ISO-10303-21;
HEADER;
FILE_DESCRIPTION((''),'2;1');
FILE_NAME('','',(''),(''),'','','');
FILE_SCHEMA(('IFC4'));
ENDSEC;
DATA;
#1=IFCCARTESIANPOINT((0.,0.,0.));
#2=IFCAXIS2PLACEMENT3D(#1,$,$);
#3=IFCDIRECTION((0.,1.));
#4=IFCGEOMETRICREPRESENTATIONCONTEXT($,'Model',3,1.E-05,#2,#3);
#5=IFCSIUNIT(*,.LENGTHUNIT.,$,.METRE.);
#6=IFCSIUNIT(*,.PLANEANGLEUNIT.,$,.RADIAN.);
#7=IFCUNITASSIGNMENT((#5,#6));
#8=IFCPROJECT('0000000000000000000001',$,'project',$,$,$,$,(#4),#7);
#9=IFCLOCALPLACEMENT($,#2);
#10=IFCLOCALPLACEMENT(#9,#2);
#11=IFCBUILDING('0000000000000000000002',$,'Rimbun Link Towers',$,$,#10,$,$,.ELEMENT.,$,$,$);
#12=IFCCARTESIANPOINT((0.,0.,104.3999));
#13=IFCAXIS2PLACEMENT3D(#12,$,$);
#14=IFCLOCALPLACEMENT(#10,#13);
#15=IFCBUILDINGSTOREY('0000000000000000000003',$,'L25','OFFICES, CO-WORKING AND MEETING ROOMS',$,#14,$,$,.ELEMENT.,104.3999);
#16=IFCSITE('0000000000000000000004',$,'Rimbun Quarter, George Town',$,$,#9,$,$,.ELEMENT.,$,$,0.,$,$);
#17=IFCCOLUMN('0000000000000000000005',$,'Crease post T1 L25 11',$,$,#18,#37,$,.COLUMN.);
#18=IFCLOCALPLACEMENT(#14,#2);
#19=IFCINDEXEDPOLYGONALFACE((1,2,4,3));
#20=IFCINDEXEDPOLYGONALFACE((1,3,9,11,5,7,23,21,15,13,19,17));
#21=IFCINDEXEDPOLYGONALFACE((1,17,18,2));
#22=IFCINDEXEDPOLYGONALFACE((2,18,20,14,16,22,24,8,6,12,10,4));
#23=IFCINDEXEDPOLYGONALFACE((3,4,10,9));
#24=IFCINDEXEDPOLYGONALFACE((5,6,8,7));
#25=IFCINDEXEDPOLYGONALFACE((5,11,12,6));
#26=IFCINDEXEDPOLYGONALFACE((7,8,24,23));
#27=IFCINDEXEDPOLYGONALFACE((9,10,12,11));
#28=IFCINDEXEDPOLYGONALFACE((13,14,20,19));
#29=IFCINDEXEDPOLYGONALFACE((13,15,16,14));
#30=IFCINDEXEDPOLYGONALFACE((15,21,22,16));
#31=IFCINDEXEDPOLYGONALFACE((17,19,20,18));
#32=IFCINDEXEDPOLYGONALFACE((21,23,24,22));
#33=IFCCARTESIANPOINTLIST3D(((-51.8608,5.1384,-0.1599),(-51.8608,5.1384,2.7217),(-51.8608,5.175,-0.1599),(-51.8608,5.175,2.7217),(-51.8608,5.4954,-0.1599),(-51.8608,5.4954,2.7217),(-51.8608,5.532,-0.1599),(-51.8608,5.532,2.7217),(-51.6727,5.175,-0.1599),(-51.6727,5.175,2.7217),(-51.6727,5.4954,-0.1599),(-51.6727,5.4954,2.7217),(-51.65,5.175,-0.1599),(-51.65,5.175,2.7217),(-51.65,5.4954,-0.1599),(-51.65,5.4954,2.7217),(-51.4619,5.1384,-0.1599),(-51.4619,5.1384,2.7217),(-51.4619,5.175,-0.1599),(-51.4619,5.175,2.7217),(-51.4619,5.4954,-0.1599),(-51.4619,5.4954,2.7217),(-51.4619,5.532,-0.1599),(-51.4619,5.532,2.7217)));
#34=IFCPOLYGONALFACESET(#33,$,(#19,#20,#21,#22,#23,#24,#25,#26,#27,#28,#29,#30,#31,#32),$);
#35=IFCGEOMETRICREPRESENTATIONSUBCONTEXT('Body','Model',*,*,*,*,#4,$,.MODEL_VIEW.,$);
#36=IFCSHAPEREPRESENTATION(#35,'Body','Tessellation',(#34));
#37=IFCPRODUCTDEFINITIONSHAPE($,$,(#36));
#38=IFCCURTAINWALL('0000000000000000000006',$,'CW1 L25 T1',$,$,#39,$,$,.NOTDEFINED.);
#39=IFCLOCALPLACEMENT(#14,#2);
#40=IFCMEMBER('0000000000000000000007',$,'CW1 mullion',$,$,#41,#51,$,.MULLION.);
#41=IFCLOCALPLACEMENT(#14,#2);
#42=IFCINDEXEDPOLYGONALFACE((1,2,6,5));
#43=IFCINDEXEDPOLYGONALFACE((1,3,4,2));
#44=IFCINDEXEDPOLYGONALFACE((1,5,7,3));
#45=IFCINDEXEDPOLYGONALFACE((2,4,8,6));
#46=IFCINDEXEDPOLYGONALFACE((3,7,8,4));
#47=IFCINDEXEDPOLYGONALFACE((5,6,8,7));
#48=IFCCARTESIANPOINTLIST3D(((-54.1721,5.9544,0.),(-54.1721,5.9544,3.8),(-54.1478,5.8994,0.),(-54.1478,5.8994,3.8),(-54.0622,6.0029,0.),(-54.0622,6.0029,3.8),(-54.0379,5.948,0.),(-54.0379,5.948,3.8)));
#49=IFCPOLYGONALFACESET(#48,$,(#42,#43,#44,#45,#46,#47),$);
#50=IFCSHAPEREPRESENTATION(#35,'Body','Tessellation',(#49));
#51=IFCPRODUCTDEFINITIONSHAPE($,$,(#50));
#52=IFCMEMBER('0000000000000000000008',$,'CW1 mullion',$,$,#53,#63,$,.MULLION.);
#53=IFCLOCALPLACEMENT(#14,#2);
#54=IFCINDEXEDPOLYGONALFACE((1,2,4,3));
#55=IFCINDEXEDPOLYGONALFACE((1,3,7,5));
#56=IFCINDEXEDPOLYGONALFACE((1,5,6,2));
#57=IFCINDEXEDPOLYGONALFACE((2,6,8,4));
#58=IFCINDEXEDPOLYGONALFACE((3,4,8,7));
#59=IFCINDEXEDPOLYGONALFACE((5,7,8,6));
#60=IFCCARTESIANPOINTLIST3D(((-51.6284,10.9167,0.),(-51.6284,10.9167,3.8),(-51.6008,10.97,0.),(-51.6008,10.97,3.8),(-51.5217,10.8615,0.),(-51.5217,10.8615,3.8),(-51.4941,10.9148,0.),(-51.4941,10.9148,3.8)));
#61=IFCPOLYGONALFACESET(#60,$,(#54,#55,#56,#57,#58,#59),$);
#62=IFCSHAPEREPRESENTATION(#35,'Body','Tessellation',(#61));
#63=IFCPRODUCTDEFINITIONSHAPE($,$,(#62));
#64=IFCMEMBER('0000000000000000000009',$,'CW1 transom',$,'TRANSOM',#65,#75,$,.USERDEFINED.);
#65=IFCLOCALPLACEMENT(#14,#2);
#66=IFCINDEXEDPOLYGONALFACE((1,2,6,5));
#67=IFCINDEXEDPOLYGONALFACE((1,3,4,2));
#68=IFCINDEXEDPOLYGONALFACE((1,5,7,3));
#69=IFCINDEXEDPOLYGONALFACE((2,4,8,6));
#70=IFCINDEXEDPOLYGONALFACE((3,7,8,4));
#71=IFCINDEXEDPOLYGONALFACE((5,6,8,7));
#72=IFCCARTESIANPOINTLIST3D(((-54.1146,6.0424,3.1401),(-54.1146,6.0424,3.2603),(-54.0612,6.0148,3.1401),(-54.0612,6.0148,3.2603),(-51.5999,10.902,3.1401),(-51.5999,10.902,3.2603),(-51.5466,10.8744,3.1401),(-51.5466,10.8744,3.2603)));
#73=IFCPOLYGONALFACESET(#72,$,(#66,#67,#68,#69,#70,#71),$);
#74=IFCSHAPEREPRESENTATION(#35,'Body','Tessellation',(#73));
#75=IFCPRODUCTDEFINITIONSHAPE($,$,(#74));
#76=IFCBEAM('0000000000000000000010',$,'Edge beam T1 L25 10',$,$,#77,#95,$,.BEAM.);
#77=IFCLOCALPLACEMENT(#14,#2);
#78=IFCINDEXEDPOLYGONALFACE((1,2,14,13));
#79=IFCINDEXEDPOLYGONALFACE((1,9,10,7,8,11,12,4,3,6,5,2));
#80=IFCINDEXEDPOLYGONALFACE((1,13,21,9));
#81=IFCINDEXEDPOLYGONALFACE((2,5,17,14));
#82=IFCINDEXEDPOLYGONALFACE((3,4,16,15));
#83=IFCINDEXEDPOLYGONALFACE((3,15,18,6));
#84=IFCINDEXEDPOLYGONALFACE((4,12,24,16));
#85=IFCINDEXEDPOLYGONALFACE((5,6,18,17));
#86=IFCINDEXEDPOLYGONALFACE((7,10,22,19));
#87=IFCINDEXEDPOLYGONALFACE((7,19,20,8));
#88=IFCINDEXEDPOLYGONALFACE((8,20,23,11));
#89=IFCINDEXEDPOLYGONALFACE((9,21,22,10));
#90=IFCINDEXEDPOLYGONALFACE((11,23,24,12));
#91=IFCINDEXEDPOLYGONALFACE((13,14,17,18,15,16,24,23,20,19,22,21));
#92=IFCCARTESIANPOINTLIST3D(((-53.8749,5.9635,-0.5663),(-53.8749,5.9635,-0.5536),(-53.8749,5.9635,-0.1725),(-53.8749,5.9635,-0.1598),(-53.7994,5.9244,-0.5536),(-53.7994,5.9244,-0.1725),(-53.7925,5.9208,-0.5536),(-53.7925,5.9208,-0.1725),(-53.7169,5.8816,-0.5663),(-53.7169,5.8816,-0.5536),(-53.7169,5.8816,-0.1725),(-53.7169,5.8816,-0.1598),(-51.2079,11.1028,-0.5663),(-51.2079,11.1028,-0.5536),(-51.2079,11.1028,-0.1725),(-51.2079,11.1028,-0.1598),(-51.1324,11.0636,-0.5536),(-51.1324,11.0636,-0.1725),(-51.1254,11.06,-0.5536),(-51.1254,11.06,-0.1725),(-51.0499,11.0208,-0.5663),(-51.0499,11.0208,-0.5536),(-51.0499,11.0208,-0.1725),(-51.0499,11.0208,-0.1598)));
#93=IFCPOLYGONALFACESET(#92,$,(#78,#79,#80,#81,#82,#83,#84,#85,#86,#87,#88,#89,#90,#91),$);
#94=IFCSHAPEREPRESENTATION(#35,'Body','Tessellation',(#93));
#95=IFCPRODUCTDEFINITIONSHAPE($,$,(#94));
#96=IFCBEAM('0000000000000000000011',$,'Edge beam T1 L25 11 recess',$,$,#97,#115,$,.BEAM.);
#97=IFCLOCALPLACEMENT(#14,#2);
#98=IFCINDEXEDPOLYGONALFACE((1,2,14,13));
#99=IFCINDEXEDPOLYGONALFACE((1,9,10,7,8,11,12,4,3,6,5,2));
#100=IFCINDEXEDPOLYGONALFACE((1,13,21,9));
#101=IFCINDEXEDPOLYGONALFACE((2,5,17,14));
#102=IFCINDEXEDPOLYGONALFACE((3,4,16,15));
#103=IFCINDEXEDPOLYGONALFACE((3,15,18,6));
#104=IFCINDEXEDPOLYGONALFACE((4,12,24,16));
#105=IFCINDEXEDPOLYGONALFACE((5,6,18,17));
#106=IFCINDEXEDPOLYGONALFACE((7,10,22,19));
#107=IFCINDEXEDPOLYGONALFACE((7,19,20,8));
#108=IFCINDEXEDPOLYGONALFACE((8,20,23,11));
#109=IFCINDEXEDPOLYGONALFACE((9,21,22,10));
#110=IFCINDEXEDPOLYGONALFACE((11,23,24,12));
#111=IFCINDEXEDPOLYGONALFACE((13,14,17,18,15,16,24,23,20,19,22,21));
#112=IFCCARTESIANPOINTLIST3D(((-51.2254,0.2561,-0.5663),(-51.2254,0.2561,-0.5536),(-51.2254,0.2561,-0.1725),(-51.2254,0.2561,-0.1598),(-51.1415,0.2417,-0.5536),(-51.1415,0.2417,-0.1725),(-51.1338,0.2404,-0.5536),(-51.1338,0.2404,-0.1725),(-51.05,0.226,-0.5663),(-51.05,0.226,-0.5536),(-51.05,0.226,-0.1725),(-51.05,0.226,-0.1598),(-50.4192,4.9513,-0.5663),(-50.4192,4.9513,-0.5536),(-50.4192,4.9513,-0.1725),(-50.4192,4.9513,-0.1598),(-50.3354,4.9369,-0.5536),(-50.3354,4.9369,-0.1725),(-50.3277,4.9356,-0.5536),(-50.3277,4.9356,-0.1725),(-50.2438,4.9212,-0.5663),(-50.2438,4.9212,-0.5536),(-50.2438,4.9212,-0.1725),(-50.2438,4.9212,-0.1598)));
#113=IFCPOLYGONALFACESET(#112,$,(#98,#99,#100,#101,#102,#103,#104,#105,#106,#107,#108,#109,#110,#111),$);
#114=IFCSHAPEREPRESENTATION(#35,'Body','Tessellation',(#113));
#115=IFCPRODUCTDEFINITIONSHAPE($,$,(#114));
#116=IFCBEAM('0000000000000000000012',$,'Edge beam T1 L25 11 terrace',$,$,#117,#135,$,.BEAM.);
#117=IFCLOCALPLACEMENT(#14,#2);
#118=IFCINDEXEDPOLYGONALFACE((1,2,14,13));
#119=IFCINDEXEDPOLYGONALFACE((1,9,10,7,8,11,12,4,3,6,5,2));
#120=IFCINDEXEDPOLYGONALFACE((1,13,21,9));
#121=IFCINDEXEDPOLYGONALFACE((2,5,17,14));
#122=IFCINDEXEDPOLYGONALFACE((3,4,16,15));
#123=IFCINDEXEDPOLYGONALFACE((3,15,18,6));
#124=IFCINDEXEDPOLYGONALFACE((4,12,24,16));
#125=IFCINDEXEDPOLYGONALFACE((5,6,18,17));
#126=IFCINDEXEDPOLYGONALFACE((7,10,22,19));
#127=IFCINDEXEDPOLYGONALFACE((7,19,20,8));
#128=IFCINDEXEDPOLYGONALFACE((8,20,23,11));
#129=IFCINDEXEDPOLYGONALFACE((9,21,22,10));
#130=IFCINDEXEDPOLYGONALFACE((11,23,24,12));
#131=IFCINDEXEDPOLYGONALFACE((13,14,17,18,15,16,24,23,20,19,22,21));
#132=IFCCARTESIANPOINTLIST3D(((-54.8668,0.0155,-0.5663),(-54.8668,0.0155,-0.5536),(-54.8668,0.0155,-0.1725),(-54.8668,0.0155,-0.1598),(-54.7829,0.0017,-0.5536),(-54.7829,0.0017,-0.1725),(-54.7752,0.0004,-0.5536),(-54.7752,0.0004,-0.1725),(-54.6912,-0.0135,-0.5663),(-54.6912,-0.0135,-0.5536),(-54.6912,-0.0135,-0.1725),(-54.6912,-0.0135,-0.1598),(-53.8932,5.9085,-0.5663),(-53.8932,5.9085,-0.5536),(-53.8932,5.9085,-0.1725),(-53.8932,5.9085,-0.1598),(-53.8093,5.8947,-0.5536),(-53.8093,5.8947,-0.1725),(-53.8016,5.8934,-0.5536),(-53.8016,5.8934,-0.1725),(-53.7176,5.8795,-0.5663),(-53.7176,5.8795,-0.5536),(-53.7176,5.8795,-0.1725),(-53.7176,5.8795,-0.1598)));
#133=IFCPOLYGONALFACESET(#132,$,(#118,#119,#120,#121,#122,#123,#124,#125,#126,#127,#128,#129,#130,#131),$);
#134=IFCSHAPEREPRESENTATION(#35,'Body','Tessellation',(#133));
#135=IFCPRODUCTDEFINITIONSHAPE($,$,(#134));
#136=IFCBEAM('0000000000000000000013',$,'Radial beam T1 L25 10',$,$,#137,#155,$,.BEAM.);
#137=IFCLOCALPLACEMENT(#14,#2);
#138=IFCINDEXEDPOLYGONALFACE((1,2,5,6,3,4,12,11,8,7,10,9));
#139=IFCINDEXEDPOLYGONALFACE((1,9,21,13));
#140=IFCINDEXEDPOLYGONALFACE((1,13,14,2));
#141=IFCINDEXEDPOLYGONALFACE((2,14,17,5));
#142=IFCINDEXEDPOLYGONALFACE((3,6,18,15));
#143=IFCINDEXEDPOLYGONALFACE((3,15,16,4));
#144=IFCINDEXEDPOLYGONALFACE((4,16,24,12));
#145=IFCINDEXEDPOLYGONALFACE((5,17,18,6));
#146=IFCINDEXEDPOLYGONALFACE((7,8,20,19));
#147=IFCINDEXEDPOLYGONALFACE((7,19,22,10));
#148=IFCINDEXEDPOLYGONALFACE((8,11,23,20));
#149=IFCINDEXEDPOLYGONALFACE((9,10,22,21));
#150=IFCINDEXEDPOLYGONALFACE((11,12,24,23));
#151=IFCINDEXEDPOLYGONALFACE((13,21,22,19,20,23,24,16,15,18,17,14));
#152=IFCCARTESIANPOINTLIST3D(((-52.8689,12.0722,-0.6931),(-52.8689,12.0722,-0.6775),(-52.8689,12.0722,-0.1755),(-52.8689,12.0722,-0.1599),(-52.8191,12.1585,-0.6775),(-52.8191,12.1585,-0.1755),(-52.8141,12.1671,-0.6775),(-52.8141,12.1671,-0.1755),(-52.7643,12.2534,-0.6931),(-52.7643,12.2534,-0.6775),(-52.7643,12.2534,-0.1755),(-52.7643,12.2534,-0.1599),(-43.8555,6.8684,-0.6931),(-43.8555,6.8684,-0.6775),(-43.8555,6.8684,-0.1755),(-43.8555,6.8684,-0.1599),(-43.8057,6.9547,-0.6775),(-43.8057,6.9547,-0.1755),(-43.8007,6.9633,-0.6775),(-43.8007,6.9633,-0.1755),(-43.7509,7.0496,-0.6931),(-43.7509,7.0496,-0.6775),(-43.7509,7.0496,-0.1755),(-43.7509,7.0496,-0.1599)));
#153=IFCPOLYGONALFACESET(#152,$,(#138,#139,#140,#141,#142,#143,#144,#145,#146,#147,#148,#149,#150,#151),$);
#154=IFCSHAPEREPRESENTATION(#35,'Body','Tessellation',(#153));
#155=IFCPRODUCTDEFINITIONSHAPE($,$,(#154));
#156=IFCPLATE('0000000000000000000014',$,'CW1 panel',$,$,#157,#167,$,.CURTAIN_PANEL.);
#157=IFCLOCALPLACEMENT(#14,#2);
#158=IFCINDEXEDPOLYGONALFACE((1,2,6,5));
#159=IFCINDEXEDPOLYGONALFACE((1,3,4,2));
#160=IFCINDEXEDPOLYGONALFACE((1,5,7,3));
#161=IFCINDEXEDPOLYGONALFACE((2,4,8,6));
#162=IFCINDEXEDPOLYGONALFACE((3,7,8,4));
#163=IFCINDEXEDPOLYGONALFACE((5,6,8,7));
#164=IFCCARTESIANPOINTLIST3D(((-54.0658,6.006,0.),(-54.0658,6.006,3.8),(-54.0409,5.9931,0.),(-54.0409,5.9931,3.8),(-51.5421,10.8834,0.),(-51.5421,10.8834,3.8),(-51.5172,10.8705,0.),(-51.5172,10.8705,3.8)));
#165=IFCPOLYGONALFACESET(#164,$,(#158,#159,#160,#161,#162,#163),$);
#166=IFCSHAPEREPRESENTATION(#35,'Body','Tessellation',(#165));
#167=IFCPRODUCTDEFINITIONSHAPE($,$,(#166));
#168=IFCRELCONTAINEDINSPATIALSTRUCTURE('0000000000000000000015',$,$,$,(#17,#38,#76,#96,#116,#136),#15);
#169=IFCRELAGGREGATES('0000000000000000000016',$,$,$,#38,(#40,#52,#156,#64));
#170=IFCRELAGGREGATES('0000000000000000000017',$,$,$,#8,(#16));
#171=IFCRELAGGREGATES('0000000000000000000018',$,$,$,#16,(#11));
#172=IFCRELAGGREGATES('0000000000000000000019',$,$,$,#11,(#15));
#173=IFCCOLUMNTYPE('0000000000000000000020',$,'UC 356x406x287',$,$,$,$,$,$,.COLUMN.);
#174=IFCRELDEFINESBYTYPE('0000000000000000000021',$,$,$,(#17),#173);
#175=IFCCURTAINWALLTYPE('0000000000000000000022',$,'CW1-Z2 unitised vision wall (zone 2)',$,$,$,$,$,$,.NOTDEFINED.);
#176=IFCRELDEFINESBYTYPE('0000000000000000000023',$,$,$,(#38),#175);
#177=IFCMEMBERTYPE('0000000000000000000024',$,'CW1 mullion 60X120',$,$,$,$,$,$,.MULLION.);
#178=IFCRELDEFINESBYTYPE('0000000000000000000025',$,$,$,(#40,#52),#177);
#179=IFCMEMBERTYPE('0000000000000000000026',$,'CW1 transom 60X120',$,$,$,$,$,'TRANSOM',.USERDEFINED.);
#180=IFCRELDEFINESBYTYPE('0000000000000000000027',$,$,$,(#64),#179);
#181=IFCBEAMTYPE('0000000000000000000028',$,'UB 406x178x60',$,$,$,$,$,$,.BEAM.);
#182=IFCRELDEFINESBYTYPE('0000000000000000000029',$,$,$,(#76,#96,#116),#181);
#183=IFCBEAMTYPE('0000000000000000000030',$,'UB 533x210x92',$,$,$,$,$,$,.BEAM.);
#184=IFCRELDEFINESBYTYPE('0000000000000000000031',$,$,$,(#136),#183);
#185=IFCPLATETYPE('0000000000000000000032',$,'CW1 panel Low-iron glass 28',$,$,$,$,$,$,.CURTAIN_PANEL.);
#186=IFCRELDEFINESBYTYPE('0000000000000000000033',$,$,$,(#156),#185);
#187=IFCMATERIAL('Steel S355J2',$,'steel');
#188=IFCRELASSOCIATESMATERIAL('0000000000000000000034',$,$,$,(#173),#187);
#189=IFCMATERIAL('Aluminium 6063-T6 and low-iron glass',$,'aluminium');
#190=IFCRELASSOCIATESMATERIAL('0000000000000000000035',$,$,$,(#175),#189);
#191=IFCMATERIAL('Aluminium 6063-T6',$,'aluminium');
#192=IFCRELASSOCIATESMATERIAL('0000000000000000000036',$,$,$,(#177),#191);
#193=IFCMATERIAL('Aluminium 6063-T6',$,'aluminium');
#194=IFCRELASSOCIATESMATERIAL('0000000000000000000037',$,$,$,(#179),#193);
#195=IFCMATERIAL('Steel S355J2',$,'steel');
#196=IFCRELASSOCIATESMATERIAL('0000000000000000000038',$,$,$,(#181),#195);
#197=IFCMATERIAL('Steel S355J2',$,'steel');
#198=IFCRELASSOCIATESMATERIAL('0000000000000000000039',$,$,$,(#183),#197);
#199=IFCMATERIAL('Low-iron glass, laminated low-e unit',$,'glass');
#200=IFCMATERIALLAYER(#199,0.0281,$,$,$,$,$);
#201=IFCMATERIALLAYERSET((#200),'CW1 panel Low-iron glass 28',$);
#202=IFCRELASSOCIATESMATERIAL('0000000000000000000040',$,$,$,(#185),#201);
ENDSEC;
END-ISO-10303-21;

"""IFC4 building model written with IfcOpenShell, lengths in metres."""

from ifc_helpers import new_model, si_unit, direction, frame, origin, origin_2d, place, context, subcontext, project, spatial, rectangle, i_section, extrude, material, layer, layer_set, material_profile, profile_set, type_object, element, aggregate, save


model = new_model("IFC4")

# Units and contexts
model_context = context("Model", 3, precision=1e-05, world=origin(), true_north=direction((0.0, 1.0)))
body_context = subcontext(model_context, "Body", "Model", "MODEL_VIEW")
ifc_project = project(units=[si_unit("LENGTHUNIT", "METRE"), si_unit("PLANEANGLEUNIT", "RADIAN")], contexts=[model_context])

# Site, building, storey
site_placement = place(None, origin())
site = spatial("IfcSite", under=ifc_project, at=site_placement, Name="Rimbun Quarter, George Town", CompositionType="ELEMENT", RefElevation=0.0)
building_placement = place(site_placement, origin())
building = spatial("IfcBuilding", under=site, at=building_placement, Name="Rimbun Link Towers", CompositionType="ELEMENT")
storey_placement = place(building_placement, frame((0.0, 0.0, 104.3999)))
storey = spatial("IfcBuildingStorey", under=building, at=storey_placement, Name="L25", Description="OFFICES, CO-WORKING AND MEETING ROOMS", CompositionType="ELEMENT", Elevation=104.3999)

# Column
ifc_material_1 = material(Name="Steel S355J2", Category="steel")
ifc_material_profile_1 = material_profile(ifc_material_1, i_section(OverallWidth=0.3989, OverallDepth=0.3936, WebThickness=0.0227, FlangeThickness=0.0366, at=origin_2d()), Name="UC 356x406x287")
ifc_profile_set_1 = profile_set([ifc_material_profile_1], Name="Steel S355J2")
column_type = type_object("IfcColumnType", Name="UC 356x406x287", PredefinedType="COLUMN", material=ifc_profile_set_1)
column_placement = place(storey_placement, frame((-51.6614, 5.3352, -0.1599), z_axis=(0.0, 0.0, 1.0), x_axis=(1.0, 0.0, 0.0)))
element("IfcColumn", 1, at=column_placement, inside=storey, type_object=column_type, Name="Crease post T1 L25 11", PredefinedType="COLUMN", context=body_context, shape_type="SweptSolid", body=[
    extrude(i_section(OverallWidth=0.3989, OverallDepth=0.3936, WebThickness=0.0227, FlangeThickness=0.0366, at=origin_2d()), origin(), (0.0, 0.0, 1.0), 2.8816),
])

# Curtain wall, members
ifc_material_2 = material(Name="Aluminium 6063-T6 and low-iron glass", Category="aluminium")
curtain_wall_type = type_object("IfcCurtainWallType", Name="CW1-Z2 unitised vision wall (zone 2)", PredefinedType="NOTDEFINED", material=ifc_material_2)
curtain_wall_placement = place(storey_placement, origin())
curtain_wall = element("IfcCurtainWall", 2, at=curtain_wall_placement, inside=storey, type_object=curtain_wall_type, Name="CW1 L25 T1", PredefinedType="NOTDEFINED")
ifc_material_3 = material(Name="Aluminium 6063-T6", Category="aluminium")
ifc_material_profile_2 = material_profile(ifc_material_3, rectangle(XDim=0.1201, YDim=0.0601, at=origin_2d()), Name="MULLION 60X120")
ifc_profile_set_2 = profile_set([ifc_material_profile_2], Name="Aluminium 6063-T6")
member_type_1 = type_object("IfcMemberType", Name="CW1 mullion 60X120", PredefinedType="MULLION", material=ifc_profile_set_2)
member_1_placement = place(storey_placement, frame((-54.105, 5.9512, 0.0), z_axis=(0.0, 0.0, 1.0), x_axis=(-0.914815, -0.403873, 0.0)))
member_1 = element("IfcMember", 3, at=member_1_placement, type_object=member_type_1, Name="CW1 mullion", PredefinedType="MULLION", context=body_context, shape_type="SweptSolid", body=[
    extrude(rectangle(XDim=0.1201, YDim=0.0601, at=origin_2d()), origin(), (0.0, 0.0, 1.0), 3.8),
])
member_2_placement = place(storey_placement, frame((-51.5613, 10.9158, 0.0), z_axis=(0.0, 0.0, 1.0), x_axis=(-0.888149, 0.459555, 0.0)))
member_2 = element("IfcMember", 4, at=member_2_placement, type_object=member_type_1, Name="CW1 mullion", PredefinedType="MULLION", context=body_context, shape_type="SweptSolid", body=[
    extrude(rectangle(XDim=0.1201, YDim=0.0601, at=origin_2d()), origin(), (0.0, 0.0, 1.0), 3.8),
])
ifc_material_4 = material(Name="Aluminium 6063-T6", Category="aluminium")
ifc_material_profile_3 = material_profile(ifc_material_4, rectangle(XDim=0.0601, YDim=0.1201, at=origin_2d()), Name="TRANSOM 60X120")
ifc_profile_set_3 = profile_set([ifc_material_profile_3], Name="Aluminium 6063-T6")
member_type_2 = type_object("IfcMemberType", Name="CW1 transom 60X120", ElementType="TRANSOM", PredefinedType="USERDEFINED", material=ifc_profile_set_3)
member_3_placement = place(storey_placement, frame((-54.0879, 6.0286, 3.2002), z_axis=(0.459575, 0.888139, 0.0), x_axis=(-0.888139, 0.459575, 0.0)))
member_3 = element("IfcMember", 5, at=member_3_placement, type_object=member_type_2, Name="CW1 transom", ObjectType="TRANSOM", PredefinedType="USERDEFINED", context=body_context, shape_type="SweptSolid", body=[
    extrude(rectangle(XDim=0.0601, YDim=0.1201, at=origin_2d()), origin(), (0.0, 0.0, 1.0), 5.4717),
])

# Beams
ifc_material_5 = material(Name="Steel S355J2", Category="steel")
ifc_material_profile_4 = material_profile(ifc_material_5, i_section(OverallWidth=0.178, OverallDepth=0.4065, WebThickness=0.0078, FlangeThickness=0.0127, at=origin_2d()), Name="UB 406x178x60")
ifc_profile_set_4 = profile_set([ifc_material_profile_4], Name="Steel S355J2")
beam_type_1 = type_object("IfcBeamType", Name="UB 406x178x60", PredefinedType="BEAM", material=ifc_profile_set_4)
beam_1_placement = place(storey_placement, frame((-51.1289, 11.0618, -0.363), z_axis=(-0.460622, -0.887596, 0.0), x_axis=(0.887596, -0.460622, 0.0)))
element("IfcBeam", 6, at=beam_1_placement, inside=storey, type_object=beam_type_1, Name="Edge beam T1 L25 10", PredefinedType="BEAM", context=body_context, shape_type="SweptSolid", body=[
    extrude(i_section(OverallWidth=0.178, OverallDepth=0.4065, WebThickness=0.0078, FlangeThickness=0.0127, at=origin_2d()), origin(), (0.0, 0.0, 1.0), 5.79),
])
beam_2_placement = place(storey_placement, frame((-50.3315, 4.9363, -0.363), z_axis=(-0.169217, -0.985579, 0.0), x_axis=(0.985579, -0.169217, 0.0)))
element("IfcBeam", 7, at=beam_2_placement, inside=storey, type_object=beam_type_1, Name="Edge beam T1 L25 11 recess", PredefinedType="BEAM", context=body_context, shape_type="SweptSolid", body=[
    extrude(i_section(OverallWidth=0.178, OverallDepth=0.4065, WebThickness=0.0078, FlangeThickness=0.0127, at=origin_2d()), origin(), (0.0, 0.0, 1.0), 4.7639),
])
beam_3_placement = place(storey_placement, frame((-53.8054, 5.894, -0.363), z_axis=(-0.163007, -0.986625, 0.0), x_axis=(0.986625, -0.163007, 0.0)))
element("IfcBeam", 8, at=beam_3_placement, inside=storey, type_object=beam_type_1, Name="Edge beam T1 L25 11 terrace", PredefinedType="BEAM", context=body_context, shape_type="SweptSolid", body=[
    extrude(i_section(OverallWidth=0.178, OverallDepth=0.4065, WebThickness=0.0078, FlangeThickness=0.0127, at=origin_2d()), origin(), (0.0, 0.0, 1.0), 5.9729),
])
ifc_material_6 = material(Name="Steel S355J2", Category="steel")
ifc_material_profile_5 = material_profile(ifc_material_6, i_section(OverallWidth=0.2092, OverallDepth=0.5332, WebThickness=0.01, FlangeThickness=0.0156, at=origin_2d()), Name="UB 533x210x92")
ifc_profile_set_5 = profile_set([ifc_material_profile_5], Name="Steel S355J2")
beam_type_2 = type_object("IfcBeamType", Name="UB 533x210x92", PredefinedType="BEAM", material=ifc_profile_set_5)
beam_4_placement = place(storey_placement, frame((-43.8032, 6.959, -0.4265), z_axis=(-0.866027, 0.499997, 0.0), x_axis=(-0.499997, -0.866027, 0.0)))
element("IfcBeam", 9, at=beam_4_placement, inside=storey, type_object=beam_type_2, Name="Radial beam T1 L25 10", PredefinedType="BEAM", context=body_context, shape_type="SweptSolid", body=[
    extrude(i_section(OverallWidth=0.2092, OverallDepth=0.5332, WebThickness=0.01, FlangeThickness=0.0156, at=origin_2d()), origin(), (0.0, 0.0, 1.0), 10.4077),
])

# Plate
ifc_material_7 = material(Name="Low-iron glass, laminated low-e unit", Category="glass")
ifc_layer_1 = layer(ifc_material_7, 0.0281)
ifc_layer_set_1 = layer_set([ifc_layer_1], Name="CW1 panel Low-iron glass 28")
plate_type = type_object("IfcPlateType", Name="CW1 panel Low-iron glass 28", PredefinedType="CURTAIN_PANEL", material=ifc_layer_set_1)
plate_placement = place(storey_placement, frame((-52.7915, 8.4382, 0.0), z_axis=(0.0, 0.0, 1.0), x_axis=(0.459555, 0.888149, 0.0)))
plate = element("IfcPlate", 10, at=plate_placement, type_object=plate_type, Name="CW1 panel", PredefinedType="CURTAIN_PANEL", context=body_context, shape_type="SweptSolid", body=[
    extrude(rectangle(XDim=5.4917, YDim=0.0281, at=origin_2d()), origin(), (0.0, 0.0, 1.0), 3.8),
])
aggregate(curtain_wall, [member_1, member_2, plate, member_3])

save(model, "model.ifc")
